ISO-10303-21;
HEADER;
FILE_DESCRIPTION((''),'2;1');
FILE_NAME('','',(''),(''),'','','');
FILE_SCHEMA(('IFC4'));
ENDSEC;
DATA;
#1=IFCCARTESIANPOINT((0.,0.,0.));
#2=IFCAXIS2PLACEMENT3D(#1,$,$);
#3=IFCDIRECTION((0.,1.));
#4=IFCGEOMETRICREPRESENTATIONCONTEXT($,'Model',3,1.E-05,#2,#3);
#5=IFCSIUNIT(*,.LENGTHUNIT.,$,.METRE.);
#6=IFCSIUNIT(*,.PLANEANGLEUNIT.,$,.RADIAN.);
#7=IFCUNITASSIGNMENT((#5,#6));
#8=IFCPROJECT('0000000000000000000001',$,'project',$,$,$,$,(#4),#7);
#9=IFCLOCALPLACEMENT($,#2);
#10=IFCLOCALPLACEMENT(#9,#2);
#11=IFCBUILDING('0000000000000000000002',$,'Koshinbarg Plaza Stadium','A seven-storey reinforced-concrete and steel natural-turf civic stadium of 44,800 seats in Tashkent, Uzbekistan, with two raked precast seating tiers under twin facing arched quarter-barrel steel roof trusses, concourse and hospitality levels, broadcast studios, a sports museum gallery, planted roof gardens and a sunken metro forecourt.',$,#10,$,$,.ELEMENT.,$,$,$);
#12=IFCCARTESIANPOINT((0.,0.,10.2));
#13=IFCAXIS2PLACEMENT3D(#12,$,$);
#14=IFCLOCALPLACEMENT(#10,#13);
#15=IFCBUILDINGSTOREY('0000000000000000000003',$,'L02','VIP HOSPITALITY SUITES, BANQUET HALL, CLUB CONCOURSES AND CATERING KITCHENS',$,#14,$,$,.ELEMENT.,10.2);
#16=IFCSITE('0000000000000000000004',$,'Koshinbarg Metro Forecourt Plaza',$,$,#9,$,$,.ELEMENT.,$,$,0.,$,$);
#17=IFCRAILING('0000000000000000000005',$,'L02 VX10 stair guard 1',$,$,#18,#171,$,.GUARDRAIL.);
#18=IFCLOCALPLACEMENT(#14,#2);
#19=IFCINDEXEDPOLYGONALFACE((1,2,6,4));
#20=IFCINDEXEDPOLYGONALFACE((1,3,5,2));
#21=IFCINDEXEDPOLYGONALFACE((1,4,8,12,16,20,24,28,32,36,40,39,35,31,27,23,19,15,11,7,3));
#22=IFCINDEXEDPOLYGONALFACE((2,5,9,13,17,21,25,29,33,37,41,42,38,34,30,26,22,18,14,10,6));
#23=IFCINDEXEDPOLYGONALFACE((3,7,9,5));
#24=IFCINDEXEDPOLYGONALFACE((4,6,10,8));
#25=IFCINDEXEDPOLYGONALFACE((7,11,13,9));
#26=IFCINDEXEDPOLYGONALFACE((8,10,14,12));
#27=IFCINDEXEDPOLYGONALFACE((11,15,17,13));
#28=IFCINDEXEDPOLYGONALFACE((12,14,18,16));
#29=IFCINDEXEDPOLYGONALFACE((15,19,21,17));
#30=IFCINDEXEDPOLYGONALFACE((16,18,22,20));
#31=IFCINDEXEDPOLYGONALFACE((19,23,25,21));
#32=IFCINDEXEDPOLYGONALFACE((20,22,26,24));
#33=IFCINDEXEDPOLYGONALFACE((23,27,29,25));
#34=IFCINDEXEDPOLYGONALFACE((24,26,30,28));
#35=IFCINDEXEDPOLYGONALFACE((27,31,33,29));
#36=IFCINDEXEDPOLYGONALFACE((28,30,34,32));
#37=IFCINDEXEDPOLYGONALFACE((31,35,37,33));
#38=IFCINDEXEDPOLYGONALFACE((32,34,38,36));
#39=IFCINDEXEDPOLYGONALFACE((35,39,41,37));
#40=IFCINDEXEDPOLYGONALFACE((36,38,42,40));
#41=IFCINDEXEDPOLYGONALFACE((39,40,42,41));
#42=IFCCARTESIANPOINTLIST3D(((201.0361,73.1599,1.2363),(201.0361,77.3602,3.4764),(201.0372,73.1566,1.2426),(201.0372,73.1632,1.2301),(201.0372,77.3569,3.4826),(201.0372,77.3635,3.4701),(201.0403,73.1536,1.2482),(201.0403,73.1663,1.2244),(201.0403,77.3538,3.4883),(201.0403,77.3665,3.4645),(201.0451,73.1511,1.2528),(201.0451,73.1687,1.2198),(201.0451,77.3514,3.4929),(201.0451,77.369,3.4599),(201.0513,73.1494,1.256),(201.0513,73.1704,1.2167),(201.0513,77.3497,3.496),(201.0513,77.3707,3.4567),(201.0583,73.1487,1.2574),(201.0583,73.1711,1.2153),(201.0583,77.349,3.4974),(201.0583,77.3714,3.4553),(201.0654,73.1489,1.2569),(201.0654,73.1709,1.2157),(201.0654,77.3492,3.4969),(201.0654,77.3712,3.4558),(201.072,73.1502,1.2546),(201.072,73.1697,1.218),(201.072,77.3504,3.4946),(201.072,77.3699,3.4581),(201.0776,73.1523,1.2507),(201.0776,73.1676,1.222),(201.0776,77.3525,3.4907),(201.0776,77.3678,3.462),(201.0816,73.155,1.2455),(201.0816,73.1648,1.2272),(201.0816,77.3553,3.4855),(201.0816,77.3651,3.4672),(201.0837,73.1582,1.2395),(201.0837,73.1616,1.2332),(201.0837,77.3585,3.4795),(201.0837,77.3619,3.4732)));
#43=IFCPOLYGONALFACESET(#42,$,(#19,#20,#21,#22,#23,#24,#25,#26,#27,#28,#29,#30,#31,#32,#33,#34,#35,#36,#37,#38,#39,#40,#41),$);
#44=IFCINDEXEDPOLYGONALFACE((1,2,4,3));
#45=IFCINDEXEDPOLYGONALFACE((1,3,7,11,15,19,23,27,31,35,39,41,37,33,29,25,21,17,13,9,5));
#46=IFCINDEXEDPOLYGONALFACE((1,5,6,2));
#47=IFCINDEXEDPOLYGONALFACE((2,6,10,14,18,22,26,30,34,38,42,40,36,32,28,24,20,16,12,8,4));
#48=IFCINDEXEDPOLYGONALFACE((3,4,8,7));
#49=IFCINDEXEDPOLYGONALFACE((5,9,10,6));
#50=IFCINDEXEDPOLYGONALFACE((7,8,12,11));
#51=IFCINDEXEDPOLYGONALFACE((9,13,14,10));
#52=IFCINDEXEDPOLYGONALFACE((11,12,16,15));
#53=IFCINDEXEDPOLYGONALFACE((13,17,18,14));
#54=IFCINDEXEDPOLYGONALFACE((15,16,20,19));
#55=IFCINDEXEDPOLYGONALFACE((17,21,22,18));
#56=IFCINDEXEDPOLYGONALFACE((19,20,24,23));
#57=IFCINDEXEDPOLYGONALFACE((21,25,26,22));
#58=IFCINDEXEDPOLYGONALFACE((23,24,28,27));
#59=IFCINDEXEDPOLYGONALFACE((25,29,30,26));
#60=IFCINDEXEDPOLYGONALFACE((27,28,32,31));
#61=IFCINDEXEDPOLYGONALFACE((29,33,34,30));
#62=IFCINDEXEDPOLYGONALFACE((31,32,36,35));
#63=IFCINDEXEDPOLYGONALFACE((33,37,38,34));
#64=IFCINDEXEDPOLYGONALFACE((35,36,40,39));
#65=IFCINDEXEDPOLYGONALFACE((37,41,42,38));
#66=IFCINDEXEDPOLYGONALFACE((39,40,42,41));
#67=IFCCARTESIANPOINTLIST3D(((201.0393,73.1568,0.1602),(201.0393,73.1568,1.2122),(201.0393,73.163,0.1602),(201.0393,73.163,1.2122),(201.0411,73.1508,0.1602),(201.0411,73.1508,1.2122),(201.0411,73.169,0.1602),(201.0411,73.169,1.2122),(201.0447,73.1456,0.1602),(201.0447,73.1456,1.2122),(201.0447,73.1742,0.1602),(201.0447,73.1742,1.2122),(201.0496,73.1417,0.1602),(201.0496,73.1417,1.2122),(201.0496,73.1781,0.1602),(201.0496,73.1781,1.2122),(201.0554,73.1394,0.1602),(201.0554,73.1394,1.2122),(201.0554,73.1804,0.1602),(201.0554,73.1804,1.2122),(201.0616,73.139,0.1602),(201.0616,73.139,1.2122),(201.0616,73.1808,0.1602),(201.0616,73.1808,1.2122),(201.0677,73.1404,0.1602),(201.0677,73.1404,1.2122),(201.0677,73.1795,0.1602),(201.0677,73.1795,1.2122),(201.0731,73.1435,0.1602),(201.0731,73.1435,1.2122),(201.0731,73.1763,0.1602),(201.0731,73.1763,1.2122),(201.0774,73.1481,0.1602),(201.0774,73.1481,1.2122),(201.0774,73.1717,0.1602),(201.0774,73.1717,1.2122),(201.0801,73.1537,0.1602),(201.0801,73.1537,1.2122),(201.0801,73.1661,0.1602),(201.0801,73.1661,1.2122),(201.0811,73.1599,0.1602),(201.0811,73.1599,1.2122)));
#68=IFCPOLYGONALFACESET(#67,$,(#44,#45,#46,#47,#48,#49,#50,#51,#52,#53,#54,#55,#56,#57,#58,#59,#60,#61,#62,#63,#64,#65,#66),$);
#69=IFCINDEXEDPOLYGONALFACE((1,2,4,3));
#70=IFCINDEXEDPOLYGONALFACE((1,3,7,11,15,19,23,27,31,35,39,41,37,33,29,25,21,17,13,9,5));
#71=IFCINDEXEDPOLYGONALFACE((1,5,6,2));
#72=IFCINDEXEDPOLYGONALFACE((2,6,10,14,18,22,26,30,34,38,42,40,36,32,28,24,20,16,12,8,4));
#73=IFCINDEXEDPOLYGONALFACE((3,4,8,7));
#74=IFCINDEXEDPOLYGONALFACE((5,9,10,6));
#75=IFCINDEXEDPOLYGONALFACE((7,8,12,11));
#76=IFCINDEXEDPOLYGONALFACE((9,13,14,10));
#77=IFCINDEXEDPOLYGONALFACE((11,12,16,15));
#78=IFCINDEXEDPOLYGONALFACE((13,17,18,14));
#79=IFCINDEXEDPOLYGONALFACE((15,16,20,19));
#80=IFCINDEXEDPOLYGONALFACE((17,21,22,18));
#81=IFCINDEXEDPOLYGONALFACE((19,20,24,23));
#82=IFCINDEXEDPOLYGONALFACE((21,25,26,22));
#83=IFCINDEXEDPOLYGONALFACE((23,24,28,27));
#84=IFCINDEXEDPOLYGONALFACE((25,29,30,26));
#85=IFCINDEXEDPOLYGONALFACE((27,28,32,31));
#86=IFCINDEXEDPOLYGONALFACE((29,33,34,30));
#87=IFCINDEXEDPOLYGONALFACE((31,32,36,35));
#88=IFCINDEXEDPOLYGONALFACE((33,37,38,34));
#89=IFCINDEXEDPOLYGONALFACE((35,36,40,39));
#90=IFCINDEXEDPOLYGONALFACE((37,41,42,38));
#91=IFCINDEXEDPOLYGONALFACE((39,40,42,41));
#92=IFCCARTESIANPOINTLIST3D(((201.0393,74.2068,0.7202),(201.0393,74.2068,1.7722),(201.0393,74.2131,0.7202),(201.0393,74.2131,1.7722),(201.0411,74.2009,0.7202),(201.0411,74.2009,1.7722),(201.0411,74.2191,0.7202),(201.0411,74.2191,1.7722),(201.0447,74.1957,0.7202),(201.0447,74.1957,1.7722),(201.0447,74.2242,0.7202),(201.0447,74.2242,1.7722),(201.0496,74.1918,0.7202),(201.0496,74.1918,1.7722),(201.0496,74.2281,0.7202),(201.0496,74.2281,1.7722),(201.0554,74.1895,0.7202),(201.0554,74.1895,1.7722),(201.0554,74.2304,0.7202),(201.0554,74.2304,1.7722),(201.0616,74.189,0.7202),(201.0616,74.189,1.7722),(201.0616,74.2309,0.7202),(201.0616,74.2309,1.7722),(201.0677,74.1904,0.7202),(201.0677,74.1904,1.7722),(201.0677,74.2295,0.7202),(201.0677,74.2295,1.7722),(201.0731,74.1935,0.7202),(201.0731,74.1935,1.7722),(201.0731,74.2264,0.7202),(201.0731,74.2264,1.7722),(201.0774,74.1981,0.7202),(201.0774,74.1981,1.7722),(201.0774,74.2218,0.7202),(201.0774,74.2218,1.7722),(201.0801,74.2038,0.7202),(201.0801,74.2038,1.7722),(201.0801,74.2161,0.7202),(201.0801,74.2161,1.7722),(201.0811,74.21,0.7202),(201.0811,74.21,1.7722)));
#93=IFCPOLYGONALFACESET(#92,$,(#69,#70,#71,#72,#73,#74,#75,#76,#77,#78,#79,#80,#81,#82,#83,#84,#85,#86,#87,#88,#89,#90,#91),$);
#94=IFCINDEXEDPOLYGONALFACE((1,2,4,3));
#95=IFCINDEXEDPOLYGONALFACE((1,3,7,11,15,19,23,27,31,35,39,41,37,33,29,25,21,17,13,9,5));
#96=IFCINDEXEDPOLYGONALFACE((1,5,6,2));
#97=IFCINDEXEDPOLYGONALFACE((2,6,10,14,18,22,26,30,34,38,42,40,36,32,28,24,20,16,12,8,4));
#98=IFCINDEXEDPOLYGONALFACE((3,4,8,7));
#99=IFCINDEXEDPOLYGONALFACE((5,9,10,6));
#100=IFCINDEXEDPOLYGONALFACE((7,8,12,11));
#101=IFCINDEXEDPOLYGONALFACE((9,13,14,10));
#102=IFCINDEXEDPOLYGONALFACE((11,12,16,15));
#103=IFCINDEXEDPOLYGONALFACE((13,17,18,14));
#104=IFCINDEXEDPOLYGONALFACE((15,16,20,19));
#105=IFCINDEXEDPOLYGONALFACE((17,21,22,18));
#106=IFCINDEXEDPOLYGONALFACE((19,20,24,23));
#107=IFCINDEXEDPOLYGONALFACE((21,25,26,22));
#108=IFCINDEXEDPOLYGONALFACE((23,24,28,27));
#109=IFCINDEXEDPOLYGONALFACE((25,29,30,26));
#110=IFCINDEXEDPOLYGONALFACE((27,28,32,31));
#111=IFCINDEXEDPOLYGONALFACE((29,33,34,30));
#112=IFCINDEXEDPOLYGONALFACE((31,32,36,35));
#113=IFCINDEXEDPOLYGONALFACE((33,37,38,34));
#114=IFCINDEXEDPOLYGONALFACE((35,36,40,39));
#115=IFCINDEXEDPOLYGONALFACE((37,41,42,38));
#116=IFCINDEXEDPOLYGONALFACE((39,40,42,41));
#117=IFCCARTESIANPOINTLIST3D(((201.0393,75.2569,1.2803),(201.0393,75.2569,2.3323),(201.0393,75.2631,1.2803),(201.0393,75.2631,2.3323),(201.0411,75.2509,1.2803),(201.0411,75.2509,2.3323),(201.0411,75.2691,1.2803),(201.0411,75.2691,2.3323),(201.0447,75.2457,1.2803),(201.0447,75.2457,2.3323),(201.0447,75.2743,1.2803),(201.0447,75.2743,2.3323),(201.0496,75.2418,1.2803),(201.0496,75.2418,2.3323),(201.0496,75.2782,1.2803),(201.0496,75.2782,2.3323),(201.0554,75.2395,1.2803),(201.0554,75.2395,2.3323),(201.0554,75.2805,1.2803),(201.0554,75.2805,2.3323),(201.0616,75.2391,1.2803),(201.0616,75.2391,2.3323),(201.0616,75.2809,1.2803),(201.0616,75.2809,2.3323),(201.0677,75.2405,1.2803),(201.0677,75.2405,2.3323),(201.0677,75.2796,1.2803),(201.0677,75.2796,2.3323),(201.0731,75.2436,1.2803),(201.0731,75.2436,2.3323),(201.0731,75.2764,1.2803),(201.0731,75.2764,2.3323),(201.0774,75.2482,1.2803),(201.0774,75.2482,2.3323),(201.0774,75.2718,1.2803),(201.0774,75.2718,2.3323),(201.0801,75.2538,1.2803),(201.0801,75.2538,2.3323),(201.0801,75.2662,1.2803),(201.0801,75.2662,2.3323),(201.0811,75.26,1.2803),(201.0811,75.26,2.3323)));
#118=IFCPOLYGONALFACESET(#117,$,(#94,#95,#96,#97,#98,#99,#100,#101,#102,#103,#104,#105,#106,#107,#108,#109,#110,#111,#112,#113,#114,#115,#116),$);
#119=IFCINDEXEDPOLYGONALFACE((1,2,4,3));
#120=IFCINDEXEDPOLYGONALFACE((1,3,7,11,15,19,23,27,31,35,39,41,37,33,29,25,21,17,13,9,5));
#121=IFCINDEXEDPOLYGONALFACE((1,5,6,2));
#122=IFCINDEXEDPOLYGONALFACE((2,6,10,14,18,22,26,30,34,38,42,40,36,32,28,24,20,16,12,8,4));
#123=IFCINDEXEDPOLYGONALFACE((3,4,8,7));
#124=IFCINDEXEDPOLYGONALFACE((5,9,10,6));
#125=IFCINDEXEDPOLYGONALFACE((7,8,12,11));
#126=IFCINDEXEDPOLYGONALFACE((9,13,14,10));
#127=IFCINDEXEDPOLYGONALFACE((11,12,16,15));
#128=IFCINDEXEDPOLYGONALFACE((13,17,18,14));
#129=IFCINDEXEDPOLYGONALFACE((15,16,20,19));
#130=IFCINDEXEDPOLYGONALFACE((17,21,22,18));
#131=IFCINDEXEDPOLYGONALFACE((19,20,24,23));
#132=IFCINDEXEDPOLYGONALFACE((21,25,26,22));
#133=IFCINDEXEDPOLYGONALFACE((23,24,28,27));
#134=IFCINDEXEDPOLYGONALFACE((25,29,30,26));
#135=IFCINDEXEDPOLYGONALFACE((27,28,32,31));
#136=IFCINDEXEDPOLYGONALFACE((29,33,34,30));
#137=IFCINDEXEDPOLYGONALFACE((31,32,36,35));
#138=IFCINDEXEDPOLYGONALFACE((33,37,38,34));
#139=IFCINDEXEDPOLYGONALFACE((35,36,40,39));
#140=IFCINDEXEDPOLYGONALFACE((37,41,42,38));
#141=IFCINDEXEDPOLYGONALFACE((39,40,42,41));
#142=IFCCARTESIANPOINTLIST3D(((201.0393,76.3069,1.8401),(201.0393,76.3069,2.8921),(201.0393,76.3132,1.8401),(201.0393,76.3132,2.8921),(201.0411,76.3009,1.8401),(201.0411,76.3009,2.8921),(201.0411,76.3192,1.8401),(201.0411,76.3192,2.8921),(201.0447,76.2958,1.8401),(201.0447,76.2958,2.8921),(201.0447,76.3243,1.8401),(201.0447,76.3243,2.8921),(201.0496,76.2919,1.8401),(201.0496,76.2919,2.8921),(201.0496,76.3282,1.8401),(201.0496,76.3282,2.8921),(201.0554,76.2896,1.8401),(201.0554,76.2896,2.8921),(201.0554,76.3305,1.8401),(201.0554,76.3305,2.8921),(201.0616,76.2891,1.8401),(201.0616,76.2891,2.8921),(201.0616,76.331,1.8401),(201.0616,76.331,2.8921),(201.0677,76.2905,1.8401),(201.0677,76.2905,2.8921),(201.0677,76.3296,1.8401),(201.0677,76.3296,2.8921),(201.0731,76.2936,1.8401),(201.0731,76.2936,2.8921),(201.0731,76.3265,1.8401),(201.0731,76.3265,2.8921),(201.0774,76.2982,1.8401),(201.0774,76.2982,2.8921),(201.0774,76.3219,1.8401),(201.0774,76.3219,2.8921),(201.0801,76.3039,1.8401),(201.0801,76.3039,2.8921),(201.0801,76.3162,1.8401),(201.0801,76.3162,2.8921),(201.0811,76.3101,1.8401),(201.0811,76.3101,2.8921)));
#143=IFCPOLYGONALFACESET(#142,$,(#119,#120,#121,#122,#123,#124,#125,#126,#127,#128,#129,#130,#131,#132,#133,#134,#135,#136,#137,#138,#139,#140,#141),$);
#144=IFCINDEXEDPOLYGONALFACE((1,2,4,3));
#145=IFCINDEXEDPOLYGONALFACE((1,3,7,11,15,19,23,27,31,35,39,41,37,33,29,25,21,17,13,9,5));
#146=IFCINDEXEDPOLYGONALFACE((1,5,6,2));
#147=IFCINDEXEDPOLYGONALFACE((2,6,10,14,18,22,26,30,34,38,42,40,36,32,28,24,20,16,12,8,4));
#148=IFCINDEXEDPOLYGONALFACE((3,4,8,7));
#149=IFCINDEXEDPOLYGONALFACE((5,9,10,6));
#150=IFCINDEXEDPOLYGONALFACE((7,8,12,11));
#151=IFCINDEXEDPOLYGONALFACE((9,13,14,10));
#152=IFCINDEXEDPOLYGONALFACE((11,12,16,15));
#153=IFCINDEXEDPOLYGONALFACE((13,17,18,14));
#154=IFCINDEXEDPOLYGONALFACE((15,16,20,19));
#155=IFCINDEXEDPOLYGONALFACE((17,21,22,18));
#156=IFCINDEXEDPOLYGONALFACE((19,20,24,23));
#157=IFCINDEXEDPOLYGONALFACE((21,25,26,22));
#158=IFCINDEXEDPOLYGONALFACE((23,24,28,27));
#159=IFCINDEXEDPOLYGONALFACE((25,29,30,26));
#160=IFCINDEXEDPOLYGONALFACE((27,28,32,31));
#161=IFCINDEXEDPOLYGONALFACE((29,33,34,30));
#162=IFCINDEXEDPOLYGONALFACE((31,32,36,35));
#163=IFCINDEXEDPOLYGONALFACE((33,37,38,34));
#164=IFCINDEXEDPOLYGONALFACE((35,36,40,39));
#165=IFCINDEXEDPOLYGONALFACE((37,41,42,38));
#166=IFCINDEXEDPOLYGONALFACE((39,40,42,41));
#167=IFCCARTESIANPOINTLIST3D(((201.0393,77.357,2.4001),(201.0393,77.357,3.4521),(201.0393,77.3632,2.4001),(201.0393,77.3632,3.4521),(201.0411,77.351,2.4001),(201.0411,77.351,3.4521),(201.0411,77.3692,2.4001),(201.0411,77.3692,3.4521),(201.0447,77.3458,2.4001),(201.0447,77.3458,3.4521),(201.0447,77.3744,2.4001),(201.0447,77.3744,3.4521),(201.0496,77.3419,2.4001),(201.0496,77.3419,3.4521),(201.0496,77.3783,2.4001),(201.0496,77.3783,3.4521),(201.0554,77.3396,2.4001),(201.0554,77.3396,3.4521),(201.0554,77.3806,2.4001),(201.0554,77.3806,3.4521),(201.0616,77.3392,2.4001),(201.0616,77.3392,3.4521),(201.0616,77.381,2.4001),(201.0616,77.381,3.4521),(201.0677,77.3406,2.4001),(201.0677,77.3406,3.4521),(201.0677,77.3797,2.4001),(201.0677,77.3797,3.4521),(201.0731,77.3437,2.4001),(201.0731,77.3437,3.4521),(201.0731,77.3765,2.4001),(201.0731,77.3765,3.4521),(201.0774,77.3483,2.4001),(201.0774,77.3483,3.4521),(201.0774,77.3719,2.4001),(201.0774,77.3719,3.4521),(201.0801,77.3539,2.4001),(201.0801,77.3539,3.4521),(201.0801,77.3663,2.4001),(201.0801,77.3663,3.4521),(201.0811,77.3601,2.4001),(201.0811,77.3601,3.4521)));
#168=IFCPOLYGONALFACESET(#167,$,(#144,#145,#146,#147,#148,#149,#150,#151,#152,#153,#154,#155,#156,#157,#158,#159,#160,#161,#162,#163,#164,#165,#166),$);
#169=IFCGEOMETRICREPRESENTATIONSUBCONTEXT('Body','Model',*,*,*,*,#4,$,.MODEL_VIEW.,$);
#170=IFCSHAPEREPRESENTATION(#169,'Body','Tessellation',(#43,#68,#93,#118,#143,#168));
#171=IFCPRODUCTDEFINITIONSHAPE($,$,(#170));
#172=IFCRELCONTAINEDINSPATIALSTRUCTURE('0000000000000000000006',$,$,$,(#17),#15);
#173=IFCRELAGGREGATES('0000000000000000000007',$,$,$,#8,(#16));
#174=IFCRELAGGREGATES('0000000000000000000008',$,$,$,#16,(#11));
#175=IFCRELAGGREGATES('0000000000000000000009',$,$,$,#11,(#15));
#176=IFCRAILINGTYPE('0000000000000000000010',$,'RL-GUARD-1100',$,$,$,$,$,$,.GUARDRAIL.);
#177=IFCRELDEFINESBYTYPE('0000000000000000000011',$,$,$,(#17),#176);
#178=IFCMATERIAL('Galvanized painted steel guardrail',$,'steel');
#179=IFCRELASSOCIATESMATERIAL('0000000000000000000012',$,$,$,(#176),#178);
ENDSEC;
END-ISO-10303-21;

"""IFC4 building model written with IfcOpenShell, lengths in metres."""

from ifc_helpers import new_model, si_unit, direction, frame, origin, origin_2d, place, context, subcontext, project, spatial, circle, extrude, material, type_object, element, save


model = new_model("IFC4")

# Units and contexts
model_context = context("Model", 3, precision=1e-05, world=origin(), true_north=direction((0.0, 1.0)))
body_context = subcontext(model_context, "Body", "Model", "MODEL_VIEW")
ifc_project = project(units=[si_unit("LENGTHUNIT", "METRE"), si_unit("PLANEANGLEUNIT", "RADIAN")], contexts=[model_context])

# Site, building, storey
site_placement = place(None, origin())
site = spatial("IfcSite", under=ifc_project, at=site_placement, Name="Koshinbarg Metro Forecourt Plaza", CompositionType="ELEMENT", RefElevation=0.0)
building_placement = place(site_placement, origin())
building = spatial("IfcBuilding", under=site, at=building_placement, Name="Koshinbarg Plaza Stadium", Description="A seven-storey reinforced-concrete and steel natural-turf civic stadium of 44,800 seats in Tashkent, Uzbekistan, with two raked precast seating tiers under twin facing arched quarter-barrel steel roof trusses, concourse and hospitality levels, broadcast studios, a sports museum gallery, planted roof gardens and a sunken metro forecourt.", CompositionType="ELEMENT")
storey_placement = place(building_placement, frame((0.0, 0.0, 10.2)))
storey = spatial("IfcBuildingStorey", under=building, at=storey_placement, Name="L02", Description="VIP HOSPITALITY SUITES, BANQUET HALL, CLUB CONCOURSES AND CATERING KITCHENS", CompositionType="ELEMENT", Elevation=10.2)

# Railing
ifc_material_1 = material(Name="Galvanized painted steel guardrail", Category="steel")
railing_type_1 = type_object("IfcRailingType", Name="RL-GUARD-1100", PredefinedType="GUARDRAIL", material=ifc_material_1)
railing_1_placement = place(storey_placement, frame((201.0601, 73.1599, 0.1602)))
element("IfcRailing", 1, at=railing_1_placement, inside=storey, type_object=railing_type_1, Name="L02 VX10 stair guard 1", PredefinedType="GUARDRAIL", context=body_context, shape_type="SweptSolid", body=[
    extrude(circle(Radius=0.0239, at=origin_2d()), frame((0.0, 0.0, 1.0762), z_axis=(0.0, 0.882363, 0.47057), x_axis=(-1.0, 0.0, 0.0)), (0.0, 0.0, 1.0), 4.7603),
    extrude(circle(Radius=0.021, at=origin_2d()), origin(), (0.0, 0.0, 1.0), 1.052),
    extrude(circle(Radius=0.021, at=origin_2d()), frame((0.0, 1.05, 0.5601)), (0.0, 0.0, 1.0), 1.052),
    extrude(circle(Radius=0.021, at=origin_2d()), frame((0.0, 2.1001, 1.1201)), (0.0, 0.0, 1.0), 1.052),
    extrude(circle(Radius=0.021, at=origin_2d()), frame((0.0, 3.1501, 1.6799)), (0.0, 0.0, 1.0), 1.052),
    extrude(circle(Radius=0.021, at=origin_2d()), frame((0.0, 4.2002, 2.24)), (0.0, 0.0, 1.0), 1.052),
])

save(model, "model.ifc")
